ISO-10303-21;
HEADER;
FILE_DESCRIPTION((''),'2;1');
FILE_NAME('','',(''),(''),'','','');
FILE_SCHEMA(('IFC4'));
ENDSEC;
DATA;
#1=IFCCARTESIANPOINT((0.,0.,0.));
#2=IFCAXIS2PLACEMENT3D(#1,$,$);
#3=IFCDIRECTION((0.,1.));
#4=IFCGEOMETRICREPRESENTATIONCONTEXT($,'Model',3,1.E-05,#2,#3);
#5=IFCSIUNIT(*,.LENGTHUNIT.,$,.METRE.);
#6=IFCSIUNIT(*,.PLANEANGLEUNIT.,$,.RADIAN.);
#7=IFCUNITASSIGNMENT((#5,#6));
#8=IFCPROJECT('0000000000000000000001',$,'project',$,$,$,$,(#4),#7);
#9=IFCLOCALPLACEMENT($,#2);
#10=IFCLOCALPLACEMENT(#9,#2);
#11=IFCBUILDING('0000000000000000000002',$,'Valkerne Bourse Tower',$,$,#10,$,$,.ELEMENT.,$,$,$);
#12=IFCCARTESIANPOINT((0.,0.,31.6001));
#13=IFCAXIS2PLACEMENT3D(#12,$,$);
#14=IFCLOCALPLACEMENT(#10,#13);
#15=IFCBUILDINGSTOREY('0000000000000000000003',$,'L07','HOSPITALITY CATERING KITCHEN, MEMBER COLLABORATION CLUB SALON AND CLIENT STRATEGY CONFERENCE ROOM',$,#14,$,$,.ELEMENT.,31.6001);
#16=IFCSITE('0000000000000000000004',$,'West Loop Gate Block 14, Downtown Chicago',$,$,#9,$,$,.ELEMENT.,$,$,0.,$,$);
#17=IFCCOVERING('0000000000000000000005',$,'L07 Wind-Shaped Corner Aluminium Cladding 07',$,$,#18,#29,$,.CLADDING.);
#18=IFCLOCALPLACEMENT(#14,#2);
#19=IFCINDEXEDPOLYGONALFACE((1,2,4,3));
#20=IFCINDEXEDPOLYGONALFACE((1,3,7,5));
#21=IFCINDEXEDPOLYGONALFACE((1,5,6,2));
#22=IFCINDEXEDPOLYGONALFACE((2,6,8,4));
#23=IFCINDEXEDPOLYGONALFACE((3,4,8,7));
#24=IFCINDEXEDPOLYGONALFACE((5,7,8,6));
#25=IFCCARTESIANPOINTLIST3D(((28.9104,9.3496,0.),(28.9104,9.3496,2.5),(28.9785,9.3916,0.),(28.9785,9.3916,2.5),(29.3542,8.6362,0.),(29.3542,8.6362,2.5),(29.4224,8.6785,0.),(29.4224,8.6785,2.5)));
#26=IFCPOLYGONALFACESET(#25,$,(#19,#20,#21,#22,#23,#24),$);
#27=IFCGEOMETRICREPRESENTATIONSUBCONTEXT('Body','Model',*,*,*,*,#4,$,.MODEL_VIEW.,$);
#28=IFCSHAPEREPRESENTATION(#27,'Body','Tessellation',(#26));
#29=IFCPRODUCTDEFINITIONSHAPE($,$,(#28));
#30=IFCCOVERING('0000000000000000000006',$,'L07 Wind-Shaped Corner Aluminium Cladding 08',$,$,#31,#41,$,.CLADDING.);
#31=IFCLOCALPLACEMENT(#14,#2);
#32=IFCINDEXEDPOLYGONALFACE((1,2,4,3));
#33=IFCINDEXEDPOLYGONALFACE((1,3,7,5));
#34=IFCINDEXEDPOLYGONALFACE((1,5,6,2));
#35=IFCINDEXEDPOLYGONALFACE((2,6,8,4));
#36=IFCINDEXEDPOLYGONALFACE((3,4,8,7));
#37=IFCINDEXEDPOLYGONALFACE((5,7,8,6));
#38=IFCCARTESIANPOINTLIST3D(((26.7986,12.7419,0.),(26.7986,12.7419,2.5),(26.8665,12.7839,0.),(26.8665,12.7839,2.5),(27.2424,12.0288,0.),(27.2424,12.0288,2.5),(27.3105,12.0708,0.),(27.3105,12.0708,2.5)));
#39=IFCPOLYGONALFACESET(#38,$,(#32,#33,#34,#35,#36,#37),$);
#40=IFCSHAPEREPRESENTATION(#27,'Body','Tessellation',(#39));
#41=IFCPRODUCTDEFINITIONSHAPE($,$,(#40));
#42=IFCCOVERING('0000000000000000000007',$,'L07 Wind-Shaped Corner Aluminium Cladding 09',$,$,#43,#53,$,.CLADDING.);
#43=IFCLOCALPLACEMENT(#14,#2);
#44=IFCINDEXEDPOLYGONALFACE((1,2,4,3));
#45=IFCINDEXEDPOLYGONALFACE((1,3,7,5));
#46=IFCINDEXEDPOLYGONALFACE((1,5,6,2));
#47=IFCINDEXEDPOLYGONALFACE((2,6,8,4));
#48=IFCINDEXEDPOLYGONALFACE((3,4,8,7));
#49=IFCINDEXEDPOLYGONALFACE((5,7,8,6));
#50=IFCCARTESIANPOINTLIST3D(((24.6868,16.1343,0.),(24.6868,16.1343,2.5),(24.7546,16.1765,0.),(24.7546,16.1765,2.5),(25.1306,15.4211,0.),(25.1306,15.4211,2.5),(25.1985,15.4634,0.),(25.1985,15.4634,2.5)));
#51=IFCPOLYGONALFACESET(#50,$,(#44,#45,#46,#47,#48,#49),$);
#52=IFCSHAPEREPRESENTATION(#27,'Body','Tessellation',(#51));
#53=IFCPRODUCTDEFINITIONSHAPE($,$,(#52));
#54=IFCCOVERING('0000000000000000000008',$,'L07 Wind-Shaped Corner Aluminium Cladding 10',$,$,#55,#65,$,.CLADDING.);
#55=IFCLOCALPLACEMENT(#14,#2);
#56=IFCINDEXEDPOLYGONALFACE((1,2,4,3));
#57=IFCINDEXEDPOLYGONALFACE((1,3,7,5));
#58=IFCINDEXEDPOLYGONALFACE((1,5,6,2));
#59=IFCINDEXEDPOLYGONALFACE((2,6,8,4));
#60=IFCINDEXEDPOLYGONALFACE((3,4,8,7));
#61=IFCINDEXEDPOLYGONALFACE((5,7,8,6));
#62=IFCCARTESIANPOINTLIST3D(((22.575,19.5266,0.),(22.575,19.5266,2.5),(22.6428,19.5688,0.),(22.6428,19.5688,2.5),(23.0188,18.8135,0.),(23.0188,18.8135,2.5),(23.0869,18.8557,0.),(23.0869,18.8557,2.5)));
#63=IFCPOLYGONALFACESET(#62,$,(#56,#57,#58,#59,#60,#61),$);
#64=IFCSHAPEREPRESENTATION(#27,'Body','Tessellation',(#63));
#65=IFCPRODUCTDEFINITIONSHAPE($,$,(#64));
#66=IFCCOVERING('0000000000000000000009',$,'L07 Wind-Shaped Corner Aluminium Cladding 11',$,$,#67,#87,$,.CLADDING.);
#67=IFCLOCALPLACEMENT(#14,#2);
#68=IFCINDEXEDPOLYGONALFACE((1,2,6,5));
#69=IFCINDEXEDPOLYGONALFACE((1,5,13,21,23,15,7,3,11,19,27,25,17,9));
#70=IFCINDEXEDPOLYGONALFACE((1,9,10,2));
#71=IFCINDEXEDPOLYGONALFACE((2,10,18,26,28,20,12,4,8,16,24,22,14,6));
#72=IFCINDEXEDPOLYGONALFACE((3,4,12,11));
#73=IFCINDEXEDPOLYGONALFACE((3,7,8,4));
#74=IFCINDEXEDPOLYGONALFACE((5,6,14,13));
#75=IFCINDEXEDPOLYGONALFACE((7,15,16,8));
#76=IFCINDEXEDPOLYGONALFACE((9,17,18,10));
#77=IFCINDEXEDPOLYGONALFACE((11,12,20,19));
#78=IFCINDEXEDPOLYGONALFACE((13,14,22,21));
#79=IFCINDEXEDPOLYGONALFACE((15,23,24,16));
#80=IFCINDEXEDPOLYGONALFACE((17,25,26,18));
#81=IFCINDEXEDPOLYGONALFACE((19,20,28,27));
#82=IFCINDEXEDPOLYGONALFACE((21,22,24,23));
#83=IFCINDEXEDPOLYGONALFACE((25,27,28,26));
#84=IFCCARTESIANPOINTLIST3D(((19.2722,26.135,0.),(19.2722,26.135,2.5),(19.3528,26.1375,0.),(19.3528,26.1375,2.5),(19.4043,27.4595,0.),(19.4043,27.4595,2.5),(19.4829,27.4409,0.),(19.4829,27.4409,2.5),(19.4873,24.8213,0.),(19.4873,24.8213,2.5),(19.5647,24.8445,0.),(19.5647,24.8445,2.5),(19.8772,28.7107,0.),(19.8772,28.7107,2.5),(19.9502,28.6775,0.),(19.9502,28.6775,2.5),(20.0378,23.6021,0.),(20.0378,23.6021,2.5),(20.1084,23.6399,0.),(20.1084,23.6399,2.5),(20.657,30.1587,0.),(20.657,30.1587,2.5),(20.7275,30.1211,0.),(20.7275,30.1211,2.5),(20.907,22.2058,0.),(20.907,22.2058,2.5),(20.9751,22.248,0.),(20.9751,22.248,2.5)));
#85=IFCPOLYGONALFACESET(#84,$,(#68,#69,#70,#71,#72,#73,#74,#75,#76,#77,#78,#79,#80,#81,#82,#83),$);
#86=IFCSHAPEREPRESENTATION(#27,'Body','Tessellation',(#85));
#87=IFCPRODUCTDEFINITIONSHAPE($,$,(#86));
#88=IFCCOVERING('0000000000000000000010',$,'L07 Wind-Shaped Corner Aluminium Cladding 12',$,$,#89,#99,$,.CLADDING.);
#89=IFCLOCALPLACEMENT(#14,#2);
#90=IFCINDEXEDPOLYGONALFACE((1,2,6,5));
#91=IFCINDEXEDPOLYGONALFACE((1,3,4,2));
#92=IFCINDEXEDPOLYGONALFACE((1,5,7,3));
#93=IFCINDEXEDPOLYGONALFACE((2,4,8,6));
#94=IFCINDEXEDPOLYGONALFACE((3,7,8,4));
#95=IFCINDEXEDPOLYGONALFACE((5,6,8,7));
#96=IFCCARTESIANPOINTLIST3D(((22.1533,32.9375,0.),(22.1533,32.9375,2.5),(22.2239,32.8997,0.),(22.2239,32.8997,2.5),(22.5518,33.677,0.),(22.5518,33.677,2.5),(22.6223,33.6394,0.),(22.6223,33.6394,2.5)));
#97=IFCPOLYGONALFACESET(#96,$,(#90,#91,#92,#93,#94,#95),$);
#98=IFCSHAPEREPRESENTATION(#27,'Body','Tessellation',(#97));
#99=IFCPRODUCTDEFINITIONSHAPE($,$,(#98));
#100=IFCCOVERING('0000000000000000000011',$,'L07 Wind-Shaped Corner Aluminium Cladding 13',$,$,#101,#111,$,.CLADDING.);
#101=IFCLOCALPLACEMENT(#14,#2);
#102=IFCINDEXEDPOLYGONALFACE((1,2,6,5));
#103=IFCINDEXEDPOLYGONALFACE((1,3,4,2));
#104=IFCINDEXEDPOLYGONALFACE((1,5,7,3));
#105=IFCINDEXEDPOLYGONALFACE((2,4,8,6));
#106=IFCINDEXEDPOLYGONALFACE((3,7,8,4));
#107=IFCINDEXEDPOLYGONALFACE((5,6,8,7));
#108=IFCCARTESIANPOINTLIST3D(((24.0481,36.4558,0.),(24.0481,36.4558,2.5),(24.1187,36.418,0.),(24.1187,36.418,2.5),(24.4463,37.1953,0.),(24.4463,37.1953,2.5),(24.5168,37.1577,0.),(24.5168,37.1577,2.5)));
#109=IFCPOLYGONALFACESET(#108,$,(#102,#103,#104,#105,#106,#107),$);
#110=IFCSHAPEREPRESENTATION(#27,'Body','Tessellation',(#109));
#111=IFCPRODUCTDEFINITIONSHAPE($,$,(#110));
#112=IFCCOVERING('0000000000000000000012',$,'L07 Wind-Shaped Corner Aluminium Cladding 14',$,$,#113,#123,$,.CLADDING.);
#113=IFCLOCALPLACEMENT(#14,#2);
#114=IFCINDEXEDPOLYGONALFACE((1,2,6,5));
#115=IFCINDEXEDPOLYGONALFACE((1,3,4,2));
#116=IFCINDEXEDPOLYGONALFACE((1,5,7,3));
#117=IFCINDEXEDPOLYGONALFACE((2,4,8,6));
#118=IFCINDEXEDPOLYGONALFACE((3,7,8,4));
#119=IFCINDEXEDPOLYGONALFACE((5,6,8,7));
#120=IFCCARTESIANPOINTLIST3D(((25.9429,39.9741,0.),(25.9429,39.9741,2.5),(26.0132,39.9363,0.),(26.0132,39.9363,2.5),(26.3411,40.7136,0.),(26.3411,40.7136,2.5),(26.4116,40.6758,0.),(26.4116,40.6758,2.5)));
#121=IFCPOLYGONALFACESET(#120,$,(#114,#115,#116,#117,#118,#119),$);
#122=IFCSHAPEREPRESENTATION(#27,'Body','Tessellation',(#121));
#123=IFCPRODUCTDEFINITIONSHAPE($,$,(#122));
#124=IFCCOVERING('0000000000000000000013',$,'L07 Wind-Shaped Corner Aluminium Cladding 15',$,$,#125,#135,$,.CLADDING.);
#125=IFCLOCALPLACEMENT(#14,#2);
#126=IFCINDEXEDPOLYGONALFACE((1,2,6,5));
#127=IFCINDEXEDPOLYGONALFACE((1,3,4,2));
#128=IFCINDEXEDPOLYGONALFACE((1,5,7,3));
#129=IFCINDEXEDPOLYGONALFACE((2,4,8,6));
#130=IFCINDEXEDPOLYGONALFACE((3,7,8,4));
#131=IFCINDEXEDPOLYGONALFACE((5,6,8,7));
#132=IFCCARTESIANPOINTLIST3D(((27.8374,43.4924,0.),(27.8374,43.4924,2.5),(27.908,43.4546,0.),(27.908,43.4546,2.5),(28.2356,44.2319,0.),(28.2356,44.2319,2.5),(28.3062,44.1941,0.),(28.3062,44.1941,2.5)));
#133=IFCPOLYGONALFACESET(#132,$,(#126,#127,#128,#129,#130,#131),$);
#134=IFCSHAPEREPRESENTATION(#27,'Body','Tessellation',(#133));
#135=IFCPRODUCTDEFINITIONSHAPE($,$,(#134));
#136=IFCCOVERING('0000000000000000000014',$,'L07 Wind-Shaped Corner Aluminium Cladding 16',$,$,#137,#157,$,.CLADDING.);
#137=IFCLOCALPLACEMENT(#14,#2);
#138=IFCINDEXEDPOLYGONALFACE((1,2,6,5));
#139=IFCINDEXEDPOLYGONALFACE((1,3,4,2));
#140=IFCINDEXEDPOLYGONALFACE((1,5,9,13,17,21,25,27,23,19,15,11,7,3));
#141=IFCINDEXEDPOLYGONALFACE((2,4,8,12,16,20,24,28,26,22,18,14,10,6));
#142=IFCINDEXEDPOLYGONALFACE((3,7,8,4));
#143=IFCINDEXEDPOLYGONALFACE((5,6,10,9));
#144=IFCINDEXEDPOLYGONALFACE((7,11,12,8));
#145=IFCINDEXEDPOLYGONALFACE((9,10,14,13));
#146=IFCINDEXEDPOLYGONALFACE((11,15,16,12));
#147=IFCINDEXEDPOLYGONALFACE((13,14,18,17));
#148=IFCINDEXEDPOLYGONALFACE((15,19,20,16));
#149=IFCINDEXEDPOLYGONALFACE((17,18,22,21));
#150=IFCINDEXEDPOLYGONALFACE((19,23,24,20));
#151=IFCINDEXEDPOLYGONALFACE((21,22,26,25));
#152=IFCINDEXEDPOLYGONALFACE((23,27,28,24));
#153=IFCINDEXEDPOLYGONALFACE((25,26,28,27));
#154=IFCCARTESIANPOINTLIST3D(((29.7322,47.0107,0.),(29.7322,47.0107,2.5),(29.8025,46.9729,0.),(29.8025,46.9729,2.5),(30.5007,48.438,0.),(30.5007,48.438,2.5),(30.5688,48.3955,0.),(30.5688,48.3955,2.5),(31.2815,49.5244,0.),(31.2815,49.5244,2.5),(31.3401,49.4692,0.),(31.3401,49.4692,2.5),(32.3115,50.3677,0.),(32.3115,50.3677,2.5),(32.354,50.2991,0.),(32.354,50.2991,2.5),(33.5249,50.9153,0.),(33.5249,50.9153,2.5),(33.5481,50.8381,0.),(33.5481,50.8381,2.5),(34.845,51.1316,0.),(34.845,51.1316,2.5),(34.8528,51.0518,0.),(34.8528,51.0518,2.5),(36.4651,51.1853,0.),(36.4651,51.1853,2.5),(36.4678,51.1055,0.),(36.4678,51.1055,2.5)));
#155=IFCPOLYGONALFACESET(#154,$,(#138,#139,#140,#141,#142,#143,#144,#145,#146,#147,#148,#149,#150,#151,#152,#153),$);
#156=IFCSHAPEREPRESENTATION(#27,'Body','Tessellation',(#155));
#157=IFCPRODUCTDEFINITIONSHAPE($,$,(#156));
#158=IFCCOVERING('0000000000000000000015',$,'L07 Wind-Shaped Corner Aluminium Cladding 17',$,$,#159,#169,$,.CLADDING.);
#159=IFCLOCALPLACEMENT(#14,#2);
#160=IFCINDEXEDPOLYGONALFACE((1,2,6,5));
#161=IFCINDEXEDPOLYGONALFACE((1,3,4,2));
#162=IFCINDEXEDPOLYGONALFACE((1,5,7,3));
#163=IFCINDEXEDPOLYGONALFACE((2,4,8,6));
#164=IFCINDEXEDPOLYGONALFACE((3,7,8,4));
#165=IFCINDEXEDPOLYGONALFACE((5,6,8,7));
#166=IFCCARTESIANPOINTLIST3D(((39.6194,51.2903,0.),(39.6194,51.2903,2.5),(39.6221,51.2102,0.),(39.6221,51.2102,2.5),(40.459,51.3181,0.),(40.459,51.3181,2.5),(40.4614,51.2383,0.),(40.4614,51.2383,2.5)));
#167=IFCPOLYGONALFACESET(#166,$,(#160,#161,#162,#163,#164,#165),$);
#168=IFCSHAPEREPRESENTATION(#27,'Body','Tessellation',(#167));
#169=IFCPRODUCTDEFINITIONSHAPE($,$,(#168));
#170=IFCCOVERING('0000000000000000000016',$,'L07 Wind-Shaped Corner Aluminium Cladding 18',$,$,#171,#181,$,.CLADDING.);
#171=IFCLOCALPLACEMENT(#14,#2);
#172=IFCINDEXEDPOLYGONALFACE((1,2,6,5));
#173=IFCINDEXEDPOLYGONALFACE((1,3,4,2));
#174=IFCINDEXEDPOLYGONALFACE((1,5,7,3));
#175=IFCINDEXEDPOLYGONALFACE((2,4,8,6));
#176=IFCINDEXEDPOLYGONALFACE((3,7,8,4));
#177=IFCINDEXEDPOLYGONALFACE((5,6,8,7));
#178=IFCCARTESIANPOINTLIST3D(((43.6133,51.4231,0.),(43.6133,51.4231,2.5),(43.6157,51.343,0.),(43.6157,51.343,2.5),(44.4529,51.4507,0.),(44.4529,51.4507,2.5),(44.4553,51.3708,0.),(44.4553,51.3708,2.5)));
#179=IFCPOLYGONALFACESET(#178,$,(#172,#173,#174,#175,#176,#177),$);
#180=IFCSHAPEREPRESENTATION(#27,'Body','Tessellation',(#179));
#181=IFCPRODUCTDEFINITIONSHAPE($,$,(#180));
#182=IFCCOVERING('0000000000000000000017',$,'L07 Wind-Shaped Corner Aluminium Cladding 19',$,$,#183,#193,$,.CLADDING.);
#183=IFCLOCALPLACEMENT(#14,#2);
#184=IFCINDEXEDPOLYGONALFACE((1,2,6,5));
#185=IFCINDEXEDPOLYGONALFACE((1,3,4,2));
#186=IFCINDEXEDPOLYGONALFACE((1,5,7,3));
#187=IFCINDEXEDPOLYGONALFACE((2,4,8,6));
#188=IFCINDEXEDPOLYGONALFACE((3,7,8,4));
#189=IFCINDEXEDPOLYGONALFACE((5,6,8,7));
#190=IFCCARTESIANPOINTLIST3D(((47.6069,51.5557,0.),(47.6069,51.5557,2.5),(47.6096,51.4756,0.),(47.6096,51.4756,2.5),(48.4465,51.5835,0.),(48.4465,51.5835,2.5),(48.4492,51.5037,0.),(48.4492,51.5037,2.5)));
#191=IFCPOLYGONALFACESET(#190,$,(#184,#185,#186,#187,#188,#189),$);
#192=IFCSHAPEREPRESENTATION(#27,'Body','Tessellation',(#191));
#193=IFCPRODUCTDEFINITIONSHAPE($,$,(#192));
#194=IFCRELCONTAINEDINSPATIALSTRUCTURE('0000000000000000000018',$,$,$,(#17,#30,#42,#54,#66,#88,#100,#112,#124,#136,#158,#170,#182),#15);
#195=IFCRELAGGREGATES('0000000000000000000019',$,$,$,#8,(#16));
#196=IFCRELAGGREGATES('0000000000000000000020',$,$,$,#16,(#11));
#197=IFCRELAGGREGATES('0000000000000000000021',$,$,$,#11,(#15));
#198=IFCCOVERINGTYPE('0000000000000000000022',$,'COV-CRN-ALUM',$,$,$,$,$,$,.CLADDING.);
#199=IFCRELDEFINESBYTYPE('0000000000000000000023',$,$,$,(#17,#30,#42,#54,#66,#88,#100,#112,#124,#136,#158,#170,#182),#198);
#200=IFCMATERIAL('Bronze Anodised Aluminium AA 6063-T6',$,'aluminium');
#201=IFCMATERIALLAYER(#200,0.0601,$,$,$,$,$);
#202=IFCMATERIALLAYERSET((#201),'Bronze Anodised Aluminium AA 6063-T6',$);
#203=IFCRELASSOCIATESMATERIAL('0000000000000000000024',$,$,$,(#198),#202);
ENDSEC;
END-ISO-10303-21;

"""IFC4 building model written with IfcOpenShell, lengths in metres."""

from ifc_helpers import new_model, si_unit, direction, frame, origin, place, context, subcontext, project, spatial, polyline, outline, extrude, material, layer, layer_set, type_object, element, save


model = new_model("IFC4")

# Units and contexts
model_context = context("Model", 3, precision=1e-05, world=origin(), true_north=direction((0.0, 1.0)))
body_context = subcontext(model_context, "Body", "Model", "MODEL_VIEW")
ifc_project = project(units=[si_unit("LENGTHUNIT", "METRE"), si_unit("PLANEANGLEUNIT", "RADIAN")], contexts=[model_context])

# Site, building, storey
site_placement = place(None, origin())
site = spatial("IfcSite", under=ifc_project, at=site_placement, Name="West Loop Gate Block 14, Downtown Chicago", CompositionType="ELEMENT", RefElevation=0.0)
building_placement = place(site_placement, origin())
building = spatial("IfcBuilding", under=site, at=building_placement, Name="Valkerne Bourse Tower", CompositionType="ELEMENT")
storey_placement = place(building_placement, frame((0.0, 0.0, 31.6001)))
storey = spatial("IfcBuildingStorey", under=building, at=storey_placement, Name="L07", Description="HOSPITALITY CATERING KITCHEN, MEMBER COLLABORATION CLUB SALON AND CLIENT STRATEGY CONFERENCE ROOM", CompositionType="ELEMENT", Elevation=31.6001)

# Coverings
ifc_material_1 = material(Name="Bronze Anodised Aluminium AA 6063-T6", Category="aluminium")
ifc_layer_1 = layer(ifc_material_1, 0.0601)
ifc_layer_set_1 = layer_set([ifc_layer_1], Name="Bronze Anodised Aluminium AA 6063-T6")
covering_type = type_object("IfcCoveringType", Name="COV-CRN-ALUM", PredefinedType="CLADDING", material=ifc_layer_set_1)
covering_1_placement = place(storey_placement, origin())
element("IfcCovering", 1, at=covering_1_placement, inside=storey, type_object=covering_type, Name="L07 Wind-Shaped Corner Aluminium Cladding 07", PredefinedType="CLADDING", context=body_context, shape_type="SweptSolid", body=[
    extrude(outline(polyline([(28.9104, 9.3496), (28.9785, 9.3916), (29.4224, 8.6785), (29.3542, 8.6362), (28.9104, 9.3496)])), origin(), (0.0, 0.0, 1.0), 2.5),
])
covering_2_placement = place(storey_placement, origin())
element("IfcCovering", 2, at=covering_2_placement, inside=storey, type_object=covering_type, Name="L07 Wind-Shaped Corner Aluminium Cladding 08", PredefinedType="CLADDING", context=body_context, shape_type="SweptSolid", body=[
    extrude(outline(polyline([(26.7986, 12.7419), (26.8665, 12.7839), (27.3105, 12.0708), (27.2424, 12.0288), (26.7986, 12.7419)])), origin(), (0.0, 0.0, 1.0), 2.5),
])
covering_3_placement = place(storey_placement, origin())
element("IfcCovering", 3, at=covering_3_placement, inside=storey, type_object=covering_type, Name="L07 Wind-Shaped Corner Aluminium Cladding 09", PredefinedType="CLADDING", context=body_context, shape_type="SweptSolid", body=[
    extrude(outline(polyline([(24.6868, 16.1343), (24.7546, 16.1765), (25.1985, 15.4634), (25.1306, 15.4211), (24.6868, 16.1343)])), origin(), (0.0, 0.0, 1.0), 2.5),
])
covering_4_placement = place(storey_placement, origin())
element("IfcCovering", 4, at=covering_4_placement, inside=storey, type_object=covering_type, Name="L07 Wind-Shaped Corner Aluminium Cladding 10", PredefinedType="CLADDING", context=body_context, shape_type="SweptSolid", body=[
    extrude(outline(polyline([(22.575, 19.5266), (22.6428, 19.5688), (23.0869, 18.8557), (23.0188, 18.8135), (22.575, 19.5266)])), origin(), (0.0, 0.0, 1.0), 2.5),
])
covering_5_placement = place(storey_placement, origin())
element("IfcCovering", 5, at=covering_5_placement, inside=storey, type_object=covering_type, Name="L07 Wind-Shaped Corner Aluminium Cladding 11", PredefinedType="CLADDING", context=body_context, shape_type="SweptSolid", body=[
    extrude(outline(polyline([(20.0378, 23.6021), (19.4873, 24.8213), (19.2722, 26.135), (19.4043, 27.4595), (19.8772, 28.7107), (20.657, 30.1587), (20.7275, 30.1211), (19.9502, 28.6775), (19.4829, 27.4409), (19.3528, 26.1375), (19.5647, 24.8445), (20.1084, 23.6399), (20.9751, 22.248), (20.907, 22.2058), (20.0378, 23.6021)])), origin(), (0.0, 0.0, 1.0), 2.5),
])
covering_6_placement = place(storey_placement, origin())
element("IfcCovering", 6, at=covering_6_placement, inside=storey, type_object=covering_type, Name="L07 Wind-Shaped Corner Aluminium Cladding 12", PredefinedType="CLADDING", context=body_context, shape_type="SweptSolid", body=[
    extrude(outline(polyline([(22.5518, 33.677), (22.6223, 33.6394), (22.2239, 32.8997), (22.1533, 32.9375), (22.5518, 33.677)])), origin(), (0.0, 0.0, 1.0), 2.5),
])
covering_7_placement = place(storey_placement, origin())
element("IfcCovering", 7, at=covering_7_placement, inside=storey, type_object=covering_type, Name="L07 Wind-Shaped Corner Aluminium Cladding 13", PredefinedType="CLADDING", context=body_context, shape_type="SweptSolid", body=[
    extrude(outline(polyline([(24.4463, 37.1953), (24.5168, 37.1577), (24.1187, 36.418), (24.0481, 36.4558), (24.4463, 37.1953)])), origin(), (0.0, 0.0, 1.0), 2.5),
])
covering_8_placement = place(storey_placement, origin())
element("IfcCovering", 8, at=covering_8_placement, inside=storey, type_object=covering_type, Name="L07 Wind-Shaped Corner Aluminium Cladding 14", PredefinedType="CLADDING", context=body_context, shape_type="SweptSolid", body=[
    extrude(outline(polyline([(26.3411, 40.7136), (26.4116, 40.6758), (26.0132, 39.9363), (25.9429, 39.9741), (26.3411, 40.7136)])), origin(), (0.0, 0.0, 1.0), 2.5),
])
covering_9_placement = place(storey_placement, origin())
element("IfcCovering", 9, at=covering_9_placement, inside=storey, type_object=covering_type, Name="L07 Wind-Shaped Corner Aluminium Cladding 15", PredefinedType="CLADDING", context=body_context, shape_type="SweptSolid", body=[
    extrude(outline(polyline([(28.2356, 44.2319), (28.3062, 44.1941), (27.908, 43.4546), (27.8374, 43.4924), (28.2356, 44.2319)])), origin(), (0.0, 0.0, 1.0), 2.5),
])
covering_10_placement = place(storey_placement, origin())
element("IfcCovering", 10, at=covering_10_placement, inside=storey, type_object=covering_type, Name="L07 Wind-Shaped Corner Aluminium Cladding 16", PredefinedType="CLADDING", context=body_context, shape_type="SweptSolid", body=[
    extrude(outline(polyline([(30.5007, 48.438), (31.2815, 49.5244), (32.3115, 50.3677), (33.5249, 50.9153), (34.845, 51.1316), (36.4651, 51.1853), (36.4678, 51.1055), (34.8528, 51.0518), (33.5481, 50.8381), (32.354, 50.2991), (31.3401, 49.4692), (30.5688, 48.3955), (29.8025, 46.9729), (29.7322, 47.0107), (30.5007, 48.438)])), origin(), (0.0, 0.0, 1.0), 2.5),
])
covering_11_placement = place(storey_placement, origin())
element("IfcCovering", 11, at=covering_11_placement, inside=storey, type_object=covering_type, Name="L07 Wind-Shaped Corner Aluminium Cladding 17", PredefinedType="CLADDING", context=body_context, shape_type="SweptSolid", body=[
    extrude(outline(polyline([(40.459, 51.3181), (40.4614, 51.2383), (39.6221, 51.2102), (39.6194, 51.2903), (40.459, 51.3181)])), origin(), (0.0, 0.0, 1.0), 2.5),
])
covering_12_placement = place(storey_placement, origin())
element("IfcCovering", 12, at=covering_12_placement, inside=storey, type_object=covering_type, Name="L07 Wind-Shaped Corner Aluminium Cladding 18", PredefinedType="CLADDING", context=body_context, shape_type="SweptSolid", body=[
    extrude(outline(polyline([(44.4529, 51.4507), (44.4553, 51.3708), (43.6157, 51.343), (43.6133, 51.4231), (44.4529, 51.4507)])), origin(), (0.0, 0.0, 1.0), 2.5),
])
covering_13_placement = place(storey_placement, origin())
element("IfcCovering", 13, at=covering_13_placement, inside=storey, type_object=covering_type, Name="L07 Wind-Shaped Corner Aluminium Cladding 19", PredefinedType="CLADDING", context=body_context, shape_type="SweptSolid", body=[
    extrude(outline(polyline([(48.4465, 51.5835), (48.4492, 51.5037), (47.6096, 51.4756), (47.6069, 51.5557), (48.4465, 51.5835)])), origin(), (0.0, 0.0, 1.0), 2.5),
])

save(model, "model.ifc")
